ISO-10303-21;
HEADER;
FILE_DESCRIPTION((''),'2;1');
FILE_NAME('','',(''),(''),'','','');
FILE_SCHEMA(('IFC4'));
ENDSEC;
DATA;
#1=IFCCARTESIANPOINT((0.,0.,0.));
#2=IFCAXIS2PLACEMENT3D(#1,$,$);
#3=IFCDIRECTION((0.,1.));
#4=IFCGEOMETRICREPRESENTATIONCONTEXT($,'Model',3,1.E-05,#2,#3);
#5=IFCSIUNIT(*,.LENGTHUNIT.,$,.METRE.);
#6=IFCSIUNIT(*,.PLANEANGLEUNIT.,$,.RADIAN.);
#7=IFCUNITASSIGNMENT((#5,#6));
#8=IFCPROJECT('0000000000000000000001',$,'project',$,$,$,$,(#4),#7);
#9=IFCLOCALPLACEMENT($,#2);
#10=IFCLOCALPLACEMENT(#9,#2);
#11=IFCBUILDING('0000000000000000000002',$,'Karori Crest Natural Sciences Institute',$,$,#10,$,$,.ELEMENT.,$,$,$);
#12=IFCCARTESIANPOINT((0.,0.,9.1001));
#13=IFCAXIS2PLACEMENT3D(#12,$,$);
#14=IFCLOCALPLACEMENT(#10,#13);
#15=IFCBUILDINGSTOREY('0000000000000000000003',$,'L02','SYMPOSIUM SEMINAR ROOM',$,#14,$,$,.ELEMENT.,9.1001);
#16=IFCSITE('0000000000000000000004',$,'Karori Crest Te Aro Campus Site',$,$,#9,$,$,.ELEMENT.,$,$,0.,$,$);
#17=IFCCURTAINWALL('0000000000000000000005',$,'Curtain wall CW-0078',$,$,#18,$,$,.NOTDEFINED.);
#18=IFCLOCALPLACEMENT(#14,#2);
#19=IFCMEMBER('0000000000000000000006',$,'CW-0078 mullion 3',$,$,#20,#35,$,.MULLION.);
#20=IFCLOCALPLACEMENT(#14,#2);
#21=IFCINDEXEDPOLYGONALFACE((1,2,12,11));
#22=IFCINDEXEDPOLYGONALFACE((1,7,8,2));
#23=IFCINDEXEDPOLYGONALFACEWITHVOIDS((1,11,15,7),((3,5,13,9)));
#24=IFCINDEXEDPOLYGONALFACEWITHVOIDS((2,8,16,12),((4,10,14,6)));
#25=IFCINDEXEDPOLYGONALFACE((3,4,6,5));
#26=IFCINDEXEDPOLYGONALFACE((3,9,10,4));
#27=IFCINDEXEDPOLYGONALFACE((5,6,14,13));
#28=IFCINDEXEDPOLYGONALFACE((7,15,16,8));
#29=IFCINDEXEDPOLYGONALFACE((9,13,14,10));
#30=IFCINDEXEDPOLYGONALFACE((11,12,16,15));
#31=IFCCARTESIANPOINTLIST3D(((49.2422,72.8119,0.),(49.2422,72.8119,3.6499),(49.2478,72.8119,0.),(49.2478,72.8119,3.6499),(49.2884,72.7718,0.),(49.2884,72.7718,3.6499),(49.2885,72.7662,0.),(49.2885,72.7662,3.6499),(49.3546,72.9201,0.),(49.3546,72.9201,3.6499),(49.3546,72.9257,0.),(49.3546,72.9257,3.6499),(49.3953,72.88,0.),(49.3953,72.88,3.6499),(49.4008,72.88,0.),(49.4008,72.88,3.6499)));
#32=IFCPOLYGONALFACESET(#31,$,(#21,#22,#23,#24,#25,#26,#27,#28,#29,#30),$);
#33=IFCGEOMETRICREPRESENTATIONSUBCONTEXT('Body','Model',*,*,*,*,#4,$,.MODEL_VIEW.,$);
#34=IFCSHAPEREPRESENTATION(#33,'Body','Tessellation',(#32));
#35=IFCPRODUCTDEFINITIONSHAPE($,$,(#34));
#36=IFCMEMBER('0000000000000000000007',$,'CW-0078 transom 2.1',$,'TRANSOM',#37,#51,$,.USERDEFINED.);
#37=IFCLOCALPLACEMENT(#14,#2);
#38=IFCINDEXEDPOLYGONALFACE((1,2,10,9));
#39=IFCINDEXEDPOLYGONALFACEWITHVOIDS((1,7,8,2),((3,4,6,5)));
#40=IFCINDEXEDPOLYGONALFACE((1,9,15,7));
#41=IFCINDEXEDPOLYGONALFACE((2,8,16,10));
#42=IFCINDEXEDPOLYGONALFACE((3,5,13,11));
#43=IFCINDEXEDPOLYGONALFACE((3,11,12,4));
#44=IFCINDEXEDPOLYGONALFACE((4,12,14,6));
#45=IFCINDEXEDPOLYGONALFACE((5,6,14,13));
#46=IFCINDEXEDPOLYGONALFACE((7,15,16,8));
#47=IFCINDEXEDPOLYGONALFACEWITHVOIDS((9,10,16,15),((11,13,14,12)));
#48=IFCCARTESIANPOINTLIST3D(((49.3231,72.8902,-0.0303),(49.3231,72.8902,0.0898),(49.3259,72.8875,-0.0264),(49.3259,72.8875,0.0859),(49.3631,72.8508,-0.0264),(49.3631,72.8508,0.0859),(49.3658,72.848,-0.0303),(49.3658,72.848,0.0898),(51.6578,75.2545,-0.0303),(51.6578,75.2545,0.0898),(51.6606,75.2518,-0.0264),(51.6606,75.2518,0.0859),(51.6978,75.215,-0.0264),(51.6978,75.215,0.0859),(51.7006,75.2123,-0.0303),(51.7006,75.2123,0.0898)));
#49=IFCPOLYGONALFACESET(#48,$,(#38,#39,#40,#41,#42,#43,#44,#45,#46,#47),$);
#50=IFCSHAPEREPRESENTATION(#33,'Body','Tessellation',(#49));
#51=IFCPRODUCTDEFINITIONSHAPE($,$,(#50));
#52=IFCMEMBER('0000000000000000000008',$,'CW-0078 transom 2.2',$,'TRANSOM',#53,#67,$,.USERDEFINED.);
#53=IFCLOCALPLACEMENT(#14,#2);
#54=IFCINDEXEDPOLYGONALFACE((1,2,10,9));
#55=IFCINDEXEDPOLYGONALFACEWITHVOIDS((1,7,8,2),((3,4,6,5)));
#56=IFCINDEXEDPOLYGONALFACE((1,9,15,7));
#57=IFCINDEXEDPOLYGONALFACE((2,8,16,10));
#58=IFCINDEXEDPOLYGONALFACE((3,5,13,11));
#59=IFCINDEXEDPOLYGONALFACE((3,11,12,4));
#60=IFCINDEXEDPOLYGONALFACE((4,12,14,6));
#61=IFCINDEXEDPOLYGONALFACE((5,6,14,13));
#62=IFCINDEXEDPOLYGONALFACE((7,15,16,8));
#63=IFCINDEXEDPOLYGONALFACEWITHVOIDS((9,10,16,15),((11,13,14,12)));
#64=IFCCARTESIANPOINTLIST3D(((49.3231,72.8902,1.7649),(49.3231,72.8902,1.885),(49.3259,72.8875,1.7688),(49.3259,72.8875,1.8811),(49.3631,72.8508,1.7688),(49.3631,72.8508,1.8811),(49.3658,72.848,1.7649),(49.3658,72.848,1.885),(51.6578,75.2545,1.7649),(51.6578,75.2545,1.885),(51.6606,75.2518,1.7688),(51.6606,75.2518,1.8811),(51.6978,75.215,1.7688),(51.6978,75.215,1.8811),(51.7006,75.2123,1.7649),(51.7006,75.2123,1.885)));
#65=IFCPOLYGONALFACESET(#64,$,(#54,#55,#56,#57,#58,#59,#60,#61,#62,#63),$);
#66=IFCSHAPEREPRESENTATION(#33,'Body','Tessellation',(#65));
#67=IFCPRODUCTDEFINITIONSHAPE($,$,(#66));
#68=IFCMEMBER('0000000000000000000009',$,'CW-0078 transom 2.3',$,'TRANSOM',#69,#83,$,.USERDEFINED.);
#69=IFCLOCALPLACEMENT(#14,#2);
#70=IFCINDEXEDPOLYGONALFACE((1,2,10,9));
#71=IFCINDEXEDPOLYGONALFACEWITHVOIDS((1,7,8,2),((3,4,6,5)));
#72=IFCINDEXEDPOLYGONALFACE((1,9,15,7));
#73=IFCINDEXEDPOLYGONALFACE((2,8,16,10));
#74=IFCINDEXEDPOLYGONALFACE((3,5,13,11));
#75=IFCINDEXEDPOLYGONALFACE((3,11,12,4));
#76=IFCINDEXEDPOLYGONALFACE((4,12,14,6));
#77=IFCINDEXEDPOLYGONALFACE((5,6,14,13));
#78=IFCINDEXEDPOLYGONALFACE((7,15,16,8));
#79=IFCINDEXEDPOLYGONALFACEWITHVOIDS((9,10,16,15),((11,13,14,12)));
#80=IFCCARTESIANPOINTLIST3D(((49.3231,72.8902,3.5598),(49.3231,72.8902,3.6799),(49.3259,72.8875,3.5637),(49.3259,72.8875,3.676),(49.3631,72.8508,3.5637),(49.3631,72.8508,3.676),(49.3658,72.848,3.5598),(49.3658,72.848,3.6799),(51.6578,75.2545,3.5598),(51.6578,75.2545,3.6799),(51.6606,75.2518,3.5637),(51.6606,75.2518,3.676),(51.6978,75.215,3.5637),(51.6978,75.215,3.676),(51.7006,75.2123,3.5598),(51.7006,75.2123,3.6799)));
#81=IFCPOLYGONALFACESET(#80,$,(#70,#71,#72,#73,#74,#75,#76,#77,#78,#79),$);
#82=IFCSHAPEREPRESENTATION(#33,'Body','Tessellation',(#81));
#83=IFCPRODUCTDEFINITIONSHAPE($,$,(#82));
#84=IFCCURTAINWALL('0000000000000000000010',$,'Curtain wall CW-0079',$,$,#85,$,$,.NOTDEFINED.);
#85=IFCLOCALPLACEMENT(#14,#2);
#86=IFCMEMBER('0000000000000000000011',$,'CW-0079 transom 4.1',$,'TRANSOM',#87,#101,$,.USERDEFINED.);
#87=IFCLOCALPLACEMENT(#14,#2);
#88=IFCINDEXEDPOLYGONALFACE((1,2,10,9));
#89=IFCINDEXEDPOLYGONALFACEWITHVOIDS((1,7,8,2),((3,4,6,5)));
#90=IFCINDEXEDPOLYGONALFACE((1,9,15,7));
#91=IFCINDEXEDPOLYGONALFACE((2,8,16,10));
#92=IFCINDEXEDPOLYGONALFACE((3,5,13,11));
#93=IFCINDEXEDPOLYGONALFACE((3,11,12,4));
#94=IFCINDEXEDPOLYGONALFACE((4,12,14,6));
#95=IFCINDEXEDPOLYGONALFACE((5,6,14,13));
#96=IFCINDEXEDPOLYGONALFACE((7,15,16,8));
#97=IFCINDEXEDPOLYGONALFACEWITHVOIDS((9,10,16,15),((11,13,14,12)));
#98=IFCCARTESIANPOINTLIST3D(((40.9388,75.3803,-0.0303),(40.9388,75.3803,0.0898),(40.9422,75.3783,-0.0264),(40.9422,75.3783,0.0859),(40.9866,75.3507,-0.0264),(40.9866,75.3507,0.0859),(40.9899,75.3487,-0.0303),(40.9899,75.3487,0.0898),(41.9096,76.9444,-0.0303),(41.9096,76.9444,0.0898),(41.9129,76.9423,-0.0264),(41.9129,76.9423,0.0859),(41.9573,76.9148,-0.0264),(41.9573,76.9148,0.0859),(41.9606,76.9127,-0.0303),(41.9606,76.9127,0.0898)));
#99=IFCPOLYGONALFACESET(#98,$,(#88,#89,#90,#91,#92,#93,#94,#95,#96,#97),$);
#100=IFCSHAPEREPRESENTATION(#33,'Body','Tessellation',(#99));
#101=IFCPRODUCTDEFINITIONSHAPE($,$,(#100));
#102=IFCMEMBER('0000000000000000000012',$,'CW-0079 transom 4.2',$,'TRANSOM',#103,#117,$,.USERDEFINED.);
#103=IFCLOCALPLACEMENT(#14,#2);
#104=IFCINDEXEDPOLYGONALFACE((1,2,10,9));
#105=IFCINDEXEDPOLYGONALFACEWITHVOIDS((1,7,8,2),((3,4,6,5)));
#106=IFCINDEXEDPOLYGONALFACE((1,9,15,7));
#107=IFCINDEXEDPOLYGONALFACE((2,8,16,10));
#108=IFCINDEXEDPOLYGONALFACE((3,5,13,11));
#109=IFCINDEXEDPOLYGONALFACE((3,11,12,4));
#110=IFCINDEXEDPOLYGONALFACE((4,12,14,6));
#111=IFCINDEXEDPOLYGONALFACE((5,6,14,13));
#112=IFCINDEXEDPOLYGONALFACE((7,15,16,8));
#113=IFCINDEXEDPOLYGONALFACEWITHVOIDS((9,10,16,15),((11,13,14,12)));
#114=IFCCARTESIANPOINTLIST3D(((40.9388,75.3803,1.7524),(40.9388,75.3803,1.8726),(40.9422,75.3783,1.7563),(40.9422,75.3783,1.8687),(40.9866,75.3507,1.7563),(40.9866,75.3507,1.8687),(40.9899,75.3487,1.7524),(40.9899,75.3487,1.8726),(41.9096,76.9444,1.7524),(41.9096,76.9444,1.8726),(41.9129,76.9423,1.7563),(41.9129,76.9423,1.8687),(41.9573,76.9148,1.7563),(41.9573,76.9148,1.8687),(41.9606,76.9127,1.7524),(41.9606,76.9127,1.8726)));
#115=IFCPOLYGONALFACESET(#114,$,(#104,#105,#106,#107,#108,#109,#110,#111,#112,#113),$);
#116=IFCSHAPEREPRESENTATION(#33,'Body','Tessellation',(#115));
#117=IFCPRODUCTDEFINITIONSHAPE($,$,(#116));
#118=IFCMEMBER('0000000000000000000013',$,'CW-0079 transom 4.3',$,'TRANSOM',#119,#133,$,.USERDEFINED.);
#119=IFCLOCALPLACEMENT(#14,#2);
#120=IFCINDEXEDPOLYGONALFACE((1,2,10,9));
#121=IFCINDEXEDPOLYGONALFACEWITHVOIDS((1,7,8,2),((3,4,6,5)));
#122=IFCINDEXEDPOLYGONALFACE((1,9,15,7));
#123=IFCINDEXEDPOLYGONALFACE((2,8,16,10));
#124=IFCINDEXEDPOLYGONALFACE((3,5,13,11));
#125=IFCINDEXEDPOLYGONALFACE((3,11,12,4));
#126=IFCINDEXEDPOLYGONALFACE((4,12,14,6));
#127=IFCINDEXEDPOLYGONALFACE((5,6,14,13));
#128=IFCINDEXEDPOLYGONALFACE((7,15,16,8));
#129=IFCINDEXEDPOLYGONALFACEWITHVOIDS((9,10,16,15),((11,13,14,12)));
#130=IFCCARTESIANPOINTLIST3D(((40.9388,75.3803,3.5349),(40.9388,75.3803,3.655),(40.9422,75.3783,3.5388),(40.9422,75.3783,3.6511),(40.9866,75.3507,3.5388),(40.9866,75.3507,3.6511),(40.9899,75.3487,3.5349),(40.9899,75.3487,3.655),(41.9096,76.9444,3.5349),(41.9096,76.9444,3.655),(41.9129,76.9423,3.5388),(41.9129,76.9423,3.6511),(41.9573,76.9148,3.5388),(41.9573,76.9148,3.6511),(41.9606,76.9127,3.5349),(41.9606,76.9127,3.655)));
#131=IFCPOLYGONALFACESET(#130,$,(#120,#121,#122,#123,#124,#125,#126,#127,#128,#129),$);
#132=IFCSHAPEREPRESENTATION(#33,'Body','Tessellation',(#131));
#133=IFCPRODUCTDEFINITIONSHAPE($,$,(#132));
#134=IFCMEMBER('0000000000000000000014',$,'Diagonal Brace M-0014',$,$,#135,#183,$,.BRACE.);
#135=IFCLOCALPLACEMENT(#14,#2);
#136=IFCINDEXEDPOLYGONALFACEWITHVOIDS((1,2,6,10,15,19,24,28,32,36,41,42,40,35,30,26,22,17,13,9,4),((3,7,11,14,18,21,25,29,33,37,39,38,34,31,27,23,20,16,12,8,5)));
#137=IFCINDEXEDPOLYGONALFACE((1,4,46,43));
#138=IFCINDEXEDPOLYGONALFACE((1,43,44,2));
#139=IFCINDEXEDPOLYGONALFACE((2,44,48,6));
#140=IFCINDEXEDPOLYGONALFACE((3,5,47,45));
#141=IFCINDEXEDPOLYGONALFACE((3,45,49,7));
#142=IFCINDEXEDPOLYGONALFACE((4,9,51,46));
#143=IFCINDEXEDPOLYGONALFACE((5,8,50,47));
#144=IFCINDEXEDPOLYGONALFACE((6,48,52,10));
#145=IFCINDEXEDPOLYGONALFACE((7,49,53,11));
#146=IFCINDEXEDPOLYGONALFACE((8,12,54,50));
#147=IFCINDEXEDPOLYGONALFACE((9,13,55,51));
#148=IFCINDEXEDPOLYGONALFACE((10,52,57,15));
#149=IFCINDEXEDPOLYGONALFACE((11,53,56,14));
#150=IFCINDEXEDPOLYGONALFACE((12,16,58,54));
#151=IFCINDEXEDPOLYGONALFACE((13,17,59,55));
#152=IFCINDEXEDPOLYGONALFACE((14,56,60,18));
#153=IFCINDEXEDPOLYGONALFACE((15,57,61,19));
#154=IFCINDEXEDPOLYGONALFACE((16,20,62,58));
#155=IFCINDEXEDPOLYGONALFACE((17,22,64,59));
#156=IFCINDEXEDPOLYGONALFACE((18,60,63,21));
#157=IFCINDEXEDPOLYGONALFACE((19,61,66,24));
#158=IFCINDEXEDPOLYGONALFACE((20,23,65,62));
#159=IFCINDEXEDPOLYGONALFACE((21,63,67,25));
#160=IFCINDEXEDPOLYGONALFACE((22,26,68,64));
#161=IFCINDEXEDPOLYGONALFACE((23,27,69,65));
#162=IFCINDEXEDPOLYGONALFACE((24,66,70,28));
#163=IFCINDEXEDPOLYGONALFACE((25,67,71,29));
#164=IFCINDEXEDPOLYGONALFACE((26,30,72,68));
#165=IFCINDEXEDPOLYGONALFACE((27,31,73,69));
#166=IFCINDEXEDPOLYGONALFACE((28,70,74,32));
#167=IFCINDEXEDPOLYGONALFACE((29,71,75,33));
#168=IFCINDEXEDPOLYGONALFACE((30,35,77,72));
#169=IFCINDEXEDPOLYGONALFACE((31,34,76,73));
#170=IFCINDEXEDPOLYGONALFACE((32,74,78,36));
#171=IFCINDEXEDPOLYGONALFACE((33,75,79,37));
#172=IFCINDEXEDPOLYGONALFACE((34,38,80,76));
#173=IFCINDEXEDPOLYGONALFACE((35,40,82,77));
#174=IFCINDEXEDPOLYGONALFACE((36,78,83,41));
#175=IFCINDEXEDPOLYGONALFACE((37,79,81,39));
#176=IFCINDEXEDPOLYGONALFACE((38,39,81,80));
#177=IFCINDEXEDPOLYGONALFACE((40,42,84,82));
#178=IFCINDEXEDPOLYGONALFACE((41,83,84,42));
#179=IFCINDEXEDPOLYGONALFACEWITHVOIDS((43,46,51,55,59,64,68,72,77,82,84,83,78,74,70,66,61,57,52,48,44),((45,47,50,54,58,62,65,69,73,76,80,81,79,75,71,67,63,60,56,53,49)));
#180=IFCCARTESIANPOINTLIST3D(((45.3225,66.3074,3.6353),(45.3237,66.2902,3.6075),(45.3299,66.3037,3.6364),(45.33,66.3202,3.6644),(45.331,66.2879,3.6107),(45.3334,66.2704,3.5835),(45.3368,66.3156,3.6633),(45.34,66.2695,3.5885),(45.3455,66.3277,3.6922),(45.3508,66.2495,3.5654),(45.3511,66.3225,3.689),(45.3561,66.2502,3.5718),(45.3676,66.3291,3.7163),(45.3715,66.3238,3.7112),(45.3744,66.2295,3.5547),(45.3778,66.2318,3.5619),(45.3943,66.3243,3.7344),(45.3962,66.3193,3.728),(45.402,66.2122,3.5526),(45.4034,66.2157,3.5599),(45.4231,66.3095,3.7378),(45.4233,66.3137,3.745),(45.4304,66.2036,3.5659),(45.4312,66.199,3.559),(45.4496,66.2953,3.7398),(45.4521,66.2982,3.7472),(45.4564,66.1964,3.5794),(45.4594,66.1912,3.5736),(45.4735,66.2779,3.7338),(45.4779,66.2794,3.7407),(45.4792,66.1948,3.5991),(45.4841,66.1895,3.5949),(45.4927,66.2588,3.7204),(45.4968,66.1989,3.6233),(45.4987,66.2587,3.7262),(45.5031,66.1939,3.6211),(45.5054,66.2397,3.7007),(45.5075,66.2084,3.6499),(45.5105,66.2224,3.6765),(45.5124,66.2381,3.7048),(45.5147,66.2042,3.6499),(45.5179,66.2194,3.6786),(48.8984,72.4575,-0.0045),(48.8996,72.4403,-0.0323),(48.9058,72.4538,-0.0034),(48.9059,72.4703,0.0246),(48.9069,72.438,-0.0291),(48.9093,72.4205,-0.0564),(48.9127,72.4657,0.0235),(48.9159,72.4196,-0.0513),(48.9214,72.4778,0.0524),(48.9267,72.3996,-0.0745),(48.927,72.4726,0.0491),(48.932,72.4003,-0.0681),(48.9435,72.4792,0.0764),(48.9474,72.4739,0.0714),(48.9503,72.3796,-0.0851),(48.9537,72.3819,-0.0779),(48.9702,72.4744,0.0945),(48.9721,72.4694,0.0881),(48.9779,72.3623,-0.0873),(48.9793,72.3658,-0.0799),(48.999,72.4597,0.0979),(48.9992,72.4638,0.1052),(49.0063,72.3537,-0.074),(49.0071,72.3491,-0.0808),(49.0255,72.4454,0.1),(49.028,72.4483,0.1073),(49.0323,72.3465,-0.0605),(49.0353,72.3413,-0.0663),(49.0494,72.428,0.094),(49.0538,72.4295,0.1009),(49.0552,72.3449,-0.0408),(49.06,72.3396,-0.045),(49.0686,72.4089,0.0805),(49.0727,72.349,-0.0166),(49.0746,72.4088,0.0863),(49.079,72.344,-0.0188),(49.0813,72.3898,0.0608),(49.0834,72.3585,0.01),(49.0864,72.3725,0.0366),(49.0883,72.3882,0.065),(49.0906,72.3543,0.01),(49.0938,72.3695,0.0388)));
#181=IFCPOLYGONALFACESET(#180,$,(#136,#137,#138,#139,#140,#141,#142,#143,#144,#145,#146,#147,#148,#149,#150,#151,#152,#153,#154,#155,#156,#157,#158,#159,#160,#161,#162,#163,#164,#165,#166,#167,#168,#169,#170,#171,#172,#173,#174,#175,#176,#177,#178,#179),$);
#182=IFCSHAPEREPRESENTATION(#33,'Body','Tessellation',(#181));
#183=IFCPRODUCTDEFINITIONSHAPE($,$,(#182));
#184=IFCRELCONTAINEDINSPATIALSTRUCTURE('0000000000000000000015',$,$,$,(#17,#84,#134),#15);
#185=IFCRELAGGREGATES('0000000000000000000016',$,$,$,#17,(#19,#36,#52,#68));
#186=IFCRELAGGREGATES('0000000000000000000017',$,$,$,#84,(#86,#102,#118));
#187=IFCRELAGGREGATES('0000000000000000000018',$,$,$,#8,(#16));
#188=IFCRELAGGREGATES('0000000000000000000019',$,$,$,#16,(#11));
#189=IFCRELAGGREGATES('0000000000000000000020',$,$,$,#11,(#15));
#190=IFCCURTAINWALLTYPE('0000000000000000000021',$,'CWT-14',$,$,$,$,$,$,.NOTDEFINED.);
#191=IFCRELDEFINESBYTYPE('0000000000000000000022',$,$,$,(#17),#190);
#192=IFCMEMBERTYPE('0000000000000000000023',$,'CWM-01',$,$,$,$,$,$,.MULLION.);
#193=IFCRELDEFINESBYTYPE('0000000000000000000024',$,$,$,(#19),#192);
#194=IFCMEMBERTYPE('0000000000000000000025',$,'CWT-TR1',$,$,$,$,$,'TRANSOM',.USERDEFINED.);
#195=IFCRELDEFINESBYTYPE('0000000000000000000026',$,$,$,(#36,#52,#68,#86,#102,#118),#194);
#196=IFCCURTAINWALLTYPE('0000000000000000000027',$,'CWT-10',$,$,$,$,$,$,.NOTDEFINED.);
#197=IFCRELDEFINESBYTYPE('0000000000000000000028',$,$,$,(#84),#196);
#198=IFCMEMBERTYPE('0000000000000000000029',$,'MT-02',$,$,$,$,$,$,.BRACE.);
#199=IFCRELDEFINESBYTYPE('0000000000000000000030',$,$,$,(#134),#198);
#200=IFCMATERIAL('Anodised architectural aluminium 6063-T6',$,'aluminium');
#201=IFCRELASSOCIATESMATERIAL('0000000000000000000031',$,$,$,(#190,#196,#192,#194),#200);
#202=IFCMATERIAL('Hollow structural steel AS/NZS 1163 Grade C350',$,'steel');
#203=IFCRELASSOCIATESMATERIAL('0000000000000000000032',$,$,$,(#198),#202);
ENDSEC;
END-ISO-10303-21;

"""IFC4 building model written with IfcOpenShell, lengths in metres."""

from ifc_helpers import new_model, si_unit, direction, frame, origin, origin_2d, place, context, subcontext, project, spatial, hollow_rectangle, hollow_circle, extrude, material, material_profile, profile_set, type_object, element, aggregate, save


model = new_model("IFC4")

# Units and contexts
model_context = context("Model", 3, precision=1e-05, world=origin(), true_north=direction((0.0, 1.0)))
body_context = subcontext(model_context, "Body", "Model", "MODEL_VIEW")
ifc_project = project(units=[si_unit("LENGTHUNIT", "METRE"), si_unit("PLANEANGLEUNIT", "RADIAN")], contexts=[model_context])

# Site, building, storey
site_placement = place(None, origin())
site = spatial("IfcSite", under=ifc_project, at=site_placement, Name="Karori Crest Te Aro Campus Site", CompositionType="ELEMENT", RefElevation=0.0)
building_placement = place(site_placement, origin())
building = spatial("IfcBuilding", under=site, at=building_placement, Name="Karori Crest Natural Sciences Institute", CompositionType="ELEMENT")
storey_placement = place(building_placement, frame((0.0, 0.0, 9.1001)))
storey = spatial("IfcBuildingStorey", under=building, at=storey_placement, Name="L02", Description="SYMPOSIUM SEMINAR ROOM", CompositionType="ELEMENT", Elevation=9.1001)

# Shared definitions
ifc_material_1 = material(Name="Hollow structural steel AS/NZS 1163 Grade C350", Category="steel")

# Curtain walls, members
ifc_material_2 = material(Name="Anodised architectural aluminium 6063-T6", Category="aluminium")
curtain_wall_type_1 = type_object("IfcCurtainWallType", Name="CWT-14", PredefinedType="NOTDEFINED", material=ifc_material_2)
curtain_wall_1_placement = place(storey_placement, origin())
curtain_wall_1 = element("IfcCurtainWall", 1, at=curtain_wall_1_placement, inside=storey, type_object=curtain_wall_type_1, Name="Curtain wall CW-0078", PredefinedType="NOTDEFINED")
ifc_material_profile_1 = material_profile(ifc_material_2, hollow_rectangle(XDim=0.0649, YDim=0.1599, WallThickness=0.0039, at=origin_2d()), Name="CWM160x65x4")
ifc_profile_set_1 = profile_set([ifc_material_profile_1], Name="Anodised architectural aluminium 6063-T6")
member_type_1 = type_object("IfcMemberType", Name="CWM-01", PredefinedType="MULLION", material=ifc_profile_set_1)
member_1_placement = place(storey_placement, frame((49.3215, 72.8459, 0.0), z_axis=(0.0, 0.0, 1.0), x_axis=(0.711529, -0.702656, 0.0)))
member_1 = element("IfcMember", 2, at=member_1_placement, type_object=member_type_1, Name="CW-0078 mullion 3", PredefinedType="MULLION", context=body_context, shape_type="SweptSolid", body=[
    extrude(hollow_rectangle(XDim=0.0649, YDim=0.1599, WallThickness=0.0039, at=origin_2d()), origin(), (0.0, 0.0, 1.0), 3.6499),
])
ifc_material_profile_2 = material_profile(ifc_material_2, hollow_rectangle(XDim=0.0601, YDim=0.1201, WallThickness=0.0039, at=origin_2d()), Name="CWT120x60x4")
ifc_profile_set_2 = profile_set([ifc_material_profile_2], Name="Anodised architectural aluminium 6063-T6")
member_type_2 = type_object("IfcMemberType", Name="CWT-TR1", ElementType="TRANSOM", PredefinedType="USERDEFINED", material=ifc_profile_set_2)
member_2_placement = place(storey_placement, frame((51.6792, 75.2334, 0.0298), z_axis=(-0.702648, -0.711538, 0.0), x_axis=(0.711538, -0.702648, 0.0)))
member_2 = element("IfcMember", 3, at=member_2_placement, type_object=member_type_2, Name="CW-0078 transom 2.1", ObjectType="TRANSOM", PredefinedType="USERDEFINED", context=body_context, shape_type="SweptSolid", body=[
    extrude(hollow_rectangle(XDim=0.0601, YDim=0.1201, WallThickness=0.0039, at=origin_2d()), origin(), (0.0, 0.0, 1.0), 3.3228),
])
member_3_placement = place(storey_placement, frame((51.6792, 75.2334, 1.825), z_axis=(-0.702648, -0.711538, 0.0), x_axis=(0.711538, -0.702648, 0.0)))
member_3 = element("IfcMember", 4, at=member_3_placement, type_object=member_type_2, Name="CW-0078 transom 2.2", ObjectType="TRANSOM", PredefinedType="USERDEFINED", context=body_context, shape_type="SweptSolid", body=[
    extrude(hollow_rectangle(XDim=0.0601, YDim=0.1201, WallThickness=0.0039, at=origin_2d()), origin(), (0.0, 0.0, 1.0), 3.3228),
])
member_4_placement = place(storey_placement, frame((51.6792, 75.2334, 3.6199), z_axis=(-0.702648, -0.711538, 0.0), x_axis=(0.711538, -0.702648, 0.0)))
member_4 = element("IfcMember", 5, at=member_4_placement, type_object=member_type_2, Name="CW-0078 transom 2.3", ObjectType="TRANSOM", PredefinedType="USERDEFINED", context=body_context, shape_type="SweptSolid", body=[
    extrude(hollow_rectangle(XDim=0.0601, YDim=0.1201, WallThickness=0.0039, at=origin_2d()), origin(), (0.0, 0.0, 1.0), 3.3228),
])
curtain_wall_type_2 = type_object("IfcCurtainWallType", Name="CWT-10", PredefinedType="NOTDEFINED", material=ifc_material_2)
curtain_wall_2_placement = place(storey_placement, origin())
curtain_wall_2 = element("IfcCurtainWall", 6, at=curtain_wall_2_placement, inside=storey, type_object=curtain_wall_type_2, Name="Curtain wall CW-0079", PredefinedType="NOTDEFINED")
member_5_placement = place(storey_placement, frame((40.9644, 75.3645, 0.0298), z_axis=(0.52735, 0.849648, 0.0), x_axis=(-0.849648, 0.52735, 0.0)))
member_5 = element("IfcMember", 7, at=member_5_placement, type_object=member_type_2, Name="CW-0079 transom 4.1", ObjectType="TRANSOM", PredefinedType="USERDEFINED", context=body_context, shape_type="SweptSolid", body=[
    extrude(hollow_rectangle(XDim=0.0601, YDim=0.1201, WallThickness=0.0039, at=origin_2d()), origin(), (0.0, 0.0, 1.0), 1.8408),
])
member_6_placement = place(storey_placement, frame((40.9644, 75.3645, 1.8125), z_axis=(0.52735, 0.849648, 0.0), x_axis=(-0.849648, 0.52735, 0.0)))
member_6 = element("IfcMember", 8, at=member_6_placement, type_object=member_type_2, Name="CW-0079 transom 4.2", ObjectType="TRANSOM", PredefinedType="USERDEFINED", context=body_context, shape_type="SweptSolid", body=[
    extrude(hollow_rectangle(XDim=0.0601, YDim=0.1201, WallThickness=0.0039, at=origin_2d()), origin(), (0.0, 0.0, 1.0), 1.8408),
])
member_7_placement = place(storey_placement, frame((40.9644, 75.3645, 3.595), z_axis=(0.52735, 0.849648, 0.0), x_axis=(-0.849648, 0.52735, 0.0)))
member_7 = element("IfcMember", 9, at=member_7_placement, type_object=member_type_2, Name="CW-0079 transom 4.3", ObjectType="TRANSOM", PredefinedType="USERDEFINED", context=body_context, shape_type="SweptSolid", body=[
    extrude(hollow_rectangle(XDim=0.0601, YDim=0.1201, WallThickness=0.0039, at=origin_2d()), origin(), (0.0, 0.0, 1.0), 1.8408),
])

# Member
ifc_material_profile_3 = material_profile(ifc_material_1, hollow_circle(Radius=0.1096, WallThickness=0.0083, at=origin_2d()), Name="CHS219.1x8.2")
ifc_profile_set_3 = profile_set([ifc_material_profile_3], Name="Hollow structural steel AS/NZS 1163 Grade C350")
member_type_3 = type_object("IfcMemberType", Name="MT-02", PredefinedType="BRACE", material=ifc_profile_set_3)
member_8_placement = place(storey_placement, frame((48.9958, 72.4094, 0.01), z_axis=(-0.447479, -0.769608, 0.455484), x_axis=(0.864491, -0.502648, 0.0)))
element("IfcMember", 10, at=member_8_placement, inside=storey, type_object=member_type_3, Name="Diagonal Brace M-0014", PredefinedType="BRACE", context=body_context, shape_type="SweptSolid", body=[
    extrude(hollow_circle(Radius=0.1096, WallThickness=0.0083, at=origin_2d()), origin(), (0.0, 0.0, 1.0), 7.9912),
])

aggregate(curtain_wall_1, [member_1, member_2, member_3, member_4])
aggregate(curtain_wall_2, [member_5, member_6, member_7])

save(model, "model.ifc")
